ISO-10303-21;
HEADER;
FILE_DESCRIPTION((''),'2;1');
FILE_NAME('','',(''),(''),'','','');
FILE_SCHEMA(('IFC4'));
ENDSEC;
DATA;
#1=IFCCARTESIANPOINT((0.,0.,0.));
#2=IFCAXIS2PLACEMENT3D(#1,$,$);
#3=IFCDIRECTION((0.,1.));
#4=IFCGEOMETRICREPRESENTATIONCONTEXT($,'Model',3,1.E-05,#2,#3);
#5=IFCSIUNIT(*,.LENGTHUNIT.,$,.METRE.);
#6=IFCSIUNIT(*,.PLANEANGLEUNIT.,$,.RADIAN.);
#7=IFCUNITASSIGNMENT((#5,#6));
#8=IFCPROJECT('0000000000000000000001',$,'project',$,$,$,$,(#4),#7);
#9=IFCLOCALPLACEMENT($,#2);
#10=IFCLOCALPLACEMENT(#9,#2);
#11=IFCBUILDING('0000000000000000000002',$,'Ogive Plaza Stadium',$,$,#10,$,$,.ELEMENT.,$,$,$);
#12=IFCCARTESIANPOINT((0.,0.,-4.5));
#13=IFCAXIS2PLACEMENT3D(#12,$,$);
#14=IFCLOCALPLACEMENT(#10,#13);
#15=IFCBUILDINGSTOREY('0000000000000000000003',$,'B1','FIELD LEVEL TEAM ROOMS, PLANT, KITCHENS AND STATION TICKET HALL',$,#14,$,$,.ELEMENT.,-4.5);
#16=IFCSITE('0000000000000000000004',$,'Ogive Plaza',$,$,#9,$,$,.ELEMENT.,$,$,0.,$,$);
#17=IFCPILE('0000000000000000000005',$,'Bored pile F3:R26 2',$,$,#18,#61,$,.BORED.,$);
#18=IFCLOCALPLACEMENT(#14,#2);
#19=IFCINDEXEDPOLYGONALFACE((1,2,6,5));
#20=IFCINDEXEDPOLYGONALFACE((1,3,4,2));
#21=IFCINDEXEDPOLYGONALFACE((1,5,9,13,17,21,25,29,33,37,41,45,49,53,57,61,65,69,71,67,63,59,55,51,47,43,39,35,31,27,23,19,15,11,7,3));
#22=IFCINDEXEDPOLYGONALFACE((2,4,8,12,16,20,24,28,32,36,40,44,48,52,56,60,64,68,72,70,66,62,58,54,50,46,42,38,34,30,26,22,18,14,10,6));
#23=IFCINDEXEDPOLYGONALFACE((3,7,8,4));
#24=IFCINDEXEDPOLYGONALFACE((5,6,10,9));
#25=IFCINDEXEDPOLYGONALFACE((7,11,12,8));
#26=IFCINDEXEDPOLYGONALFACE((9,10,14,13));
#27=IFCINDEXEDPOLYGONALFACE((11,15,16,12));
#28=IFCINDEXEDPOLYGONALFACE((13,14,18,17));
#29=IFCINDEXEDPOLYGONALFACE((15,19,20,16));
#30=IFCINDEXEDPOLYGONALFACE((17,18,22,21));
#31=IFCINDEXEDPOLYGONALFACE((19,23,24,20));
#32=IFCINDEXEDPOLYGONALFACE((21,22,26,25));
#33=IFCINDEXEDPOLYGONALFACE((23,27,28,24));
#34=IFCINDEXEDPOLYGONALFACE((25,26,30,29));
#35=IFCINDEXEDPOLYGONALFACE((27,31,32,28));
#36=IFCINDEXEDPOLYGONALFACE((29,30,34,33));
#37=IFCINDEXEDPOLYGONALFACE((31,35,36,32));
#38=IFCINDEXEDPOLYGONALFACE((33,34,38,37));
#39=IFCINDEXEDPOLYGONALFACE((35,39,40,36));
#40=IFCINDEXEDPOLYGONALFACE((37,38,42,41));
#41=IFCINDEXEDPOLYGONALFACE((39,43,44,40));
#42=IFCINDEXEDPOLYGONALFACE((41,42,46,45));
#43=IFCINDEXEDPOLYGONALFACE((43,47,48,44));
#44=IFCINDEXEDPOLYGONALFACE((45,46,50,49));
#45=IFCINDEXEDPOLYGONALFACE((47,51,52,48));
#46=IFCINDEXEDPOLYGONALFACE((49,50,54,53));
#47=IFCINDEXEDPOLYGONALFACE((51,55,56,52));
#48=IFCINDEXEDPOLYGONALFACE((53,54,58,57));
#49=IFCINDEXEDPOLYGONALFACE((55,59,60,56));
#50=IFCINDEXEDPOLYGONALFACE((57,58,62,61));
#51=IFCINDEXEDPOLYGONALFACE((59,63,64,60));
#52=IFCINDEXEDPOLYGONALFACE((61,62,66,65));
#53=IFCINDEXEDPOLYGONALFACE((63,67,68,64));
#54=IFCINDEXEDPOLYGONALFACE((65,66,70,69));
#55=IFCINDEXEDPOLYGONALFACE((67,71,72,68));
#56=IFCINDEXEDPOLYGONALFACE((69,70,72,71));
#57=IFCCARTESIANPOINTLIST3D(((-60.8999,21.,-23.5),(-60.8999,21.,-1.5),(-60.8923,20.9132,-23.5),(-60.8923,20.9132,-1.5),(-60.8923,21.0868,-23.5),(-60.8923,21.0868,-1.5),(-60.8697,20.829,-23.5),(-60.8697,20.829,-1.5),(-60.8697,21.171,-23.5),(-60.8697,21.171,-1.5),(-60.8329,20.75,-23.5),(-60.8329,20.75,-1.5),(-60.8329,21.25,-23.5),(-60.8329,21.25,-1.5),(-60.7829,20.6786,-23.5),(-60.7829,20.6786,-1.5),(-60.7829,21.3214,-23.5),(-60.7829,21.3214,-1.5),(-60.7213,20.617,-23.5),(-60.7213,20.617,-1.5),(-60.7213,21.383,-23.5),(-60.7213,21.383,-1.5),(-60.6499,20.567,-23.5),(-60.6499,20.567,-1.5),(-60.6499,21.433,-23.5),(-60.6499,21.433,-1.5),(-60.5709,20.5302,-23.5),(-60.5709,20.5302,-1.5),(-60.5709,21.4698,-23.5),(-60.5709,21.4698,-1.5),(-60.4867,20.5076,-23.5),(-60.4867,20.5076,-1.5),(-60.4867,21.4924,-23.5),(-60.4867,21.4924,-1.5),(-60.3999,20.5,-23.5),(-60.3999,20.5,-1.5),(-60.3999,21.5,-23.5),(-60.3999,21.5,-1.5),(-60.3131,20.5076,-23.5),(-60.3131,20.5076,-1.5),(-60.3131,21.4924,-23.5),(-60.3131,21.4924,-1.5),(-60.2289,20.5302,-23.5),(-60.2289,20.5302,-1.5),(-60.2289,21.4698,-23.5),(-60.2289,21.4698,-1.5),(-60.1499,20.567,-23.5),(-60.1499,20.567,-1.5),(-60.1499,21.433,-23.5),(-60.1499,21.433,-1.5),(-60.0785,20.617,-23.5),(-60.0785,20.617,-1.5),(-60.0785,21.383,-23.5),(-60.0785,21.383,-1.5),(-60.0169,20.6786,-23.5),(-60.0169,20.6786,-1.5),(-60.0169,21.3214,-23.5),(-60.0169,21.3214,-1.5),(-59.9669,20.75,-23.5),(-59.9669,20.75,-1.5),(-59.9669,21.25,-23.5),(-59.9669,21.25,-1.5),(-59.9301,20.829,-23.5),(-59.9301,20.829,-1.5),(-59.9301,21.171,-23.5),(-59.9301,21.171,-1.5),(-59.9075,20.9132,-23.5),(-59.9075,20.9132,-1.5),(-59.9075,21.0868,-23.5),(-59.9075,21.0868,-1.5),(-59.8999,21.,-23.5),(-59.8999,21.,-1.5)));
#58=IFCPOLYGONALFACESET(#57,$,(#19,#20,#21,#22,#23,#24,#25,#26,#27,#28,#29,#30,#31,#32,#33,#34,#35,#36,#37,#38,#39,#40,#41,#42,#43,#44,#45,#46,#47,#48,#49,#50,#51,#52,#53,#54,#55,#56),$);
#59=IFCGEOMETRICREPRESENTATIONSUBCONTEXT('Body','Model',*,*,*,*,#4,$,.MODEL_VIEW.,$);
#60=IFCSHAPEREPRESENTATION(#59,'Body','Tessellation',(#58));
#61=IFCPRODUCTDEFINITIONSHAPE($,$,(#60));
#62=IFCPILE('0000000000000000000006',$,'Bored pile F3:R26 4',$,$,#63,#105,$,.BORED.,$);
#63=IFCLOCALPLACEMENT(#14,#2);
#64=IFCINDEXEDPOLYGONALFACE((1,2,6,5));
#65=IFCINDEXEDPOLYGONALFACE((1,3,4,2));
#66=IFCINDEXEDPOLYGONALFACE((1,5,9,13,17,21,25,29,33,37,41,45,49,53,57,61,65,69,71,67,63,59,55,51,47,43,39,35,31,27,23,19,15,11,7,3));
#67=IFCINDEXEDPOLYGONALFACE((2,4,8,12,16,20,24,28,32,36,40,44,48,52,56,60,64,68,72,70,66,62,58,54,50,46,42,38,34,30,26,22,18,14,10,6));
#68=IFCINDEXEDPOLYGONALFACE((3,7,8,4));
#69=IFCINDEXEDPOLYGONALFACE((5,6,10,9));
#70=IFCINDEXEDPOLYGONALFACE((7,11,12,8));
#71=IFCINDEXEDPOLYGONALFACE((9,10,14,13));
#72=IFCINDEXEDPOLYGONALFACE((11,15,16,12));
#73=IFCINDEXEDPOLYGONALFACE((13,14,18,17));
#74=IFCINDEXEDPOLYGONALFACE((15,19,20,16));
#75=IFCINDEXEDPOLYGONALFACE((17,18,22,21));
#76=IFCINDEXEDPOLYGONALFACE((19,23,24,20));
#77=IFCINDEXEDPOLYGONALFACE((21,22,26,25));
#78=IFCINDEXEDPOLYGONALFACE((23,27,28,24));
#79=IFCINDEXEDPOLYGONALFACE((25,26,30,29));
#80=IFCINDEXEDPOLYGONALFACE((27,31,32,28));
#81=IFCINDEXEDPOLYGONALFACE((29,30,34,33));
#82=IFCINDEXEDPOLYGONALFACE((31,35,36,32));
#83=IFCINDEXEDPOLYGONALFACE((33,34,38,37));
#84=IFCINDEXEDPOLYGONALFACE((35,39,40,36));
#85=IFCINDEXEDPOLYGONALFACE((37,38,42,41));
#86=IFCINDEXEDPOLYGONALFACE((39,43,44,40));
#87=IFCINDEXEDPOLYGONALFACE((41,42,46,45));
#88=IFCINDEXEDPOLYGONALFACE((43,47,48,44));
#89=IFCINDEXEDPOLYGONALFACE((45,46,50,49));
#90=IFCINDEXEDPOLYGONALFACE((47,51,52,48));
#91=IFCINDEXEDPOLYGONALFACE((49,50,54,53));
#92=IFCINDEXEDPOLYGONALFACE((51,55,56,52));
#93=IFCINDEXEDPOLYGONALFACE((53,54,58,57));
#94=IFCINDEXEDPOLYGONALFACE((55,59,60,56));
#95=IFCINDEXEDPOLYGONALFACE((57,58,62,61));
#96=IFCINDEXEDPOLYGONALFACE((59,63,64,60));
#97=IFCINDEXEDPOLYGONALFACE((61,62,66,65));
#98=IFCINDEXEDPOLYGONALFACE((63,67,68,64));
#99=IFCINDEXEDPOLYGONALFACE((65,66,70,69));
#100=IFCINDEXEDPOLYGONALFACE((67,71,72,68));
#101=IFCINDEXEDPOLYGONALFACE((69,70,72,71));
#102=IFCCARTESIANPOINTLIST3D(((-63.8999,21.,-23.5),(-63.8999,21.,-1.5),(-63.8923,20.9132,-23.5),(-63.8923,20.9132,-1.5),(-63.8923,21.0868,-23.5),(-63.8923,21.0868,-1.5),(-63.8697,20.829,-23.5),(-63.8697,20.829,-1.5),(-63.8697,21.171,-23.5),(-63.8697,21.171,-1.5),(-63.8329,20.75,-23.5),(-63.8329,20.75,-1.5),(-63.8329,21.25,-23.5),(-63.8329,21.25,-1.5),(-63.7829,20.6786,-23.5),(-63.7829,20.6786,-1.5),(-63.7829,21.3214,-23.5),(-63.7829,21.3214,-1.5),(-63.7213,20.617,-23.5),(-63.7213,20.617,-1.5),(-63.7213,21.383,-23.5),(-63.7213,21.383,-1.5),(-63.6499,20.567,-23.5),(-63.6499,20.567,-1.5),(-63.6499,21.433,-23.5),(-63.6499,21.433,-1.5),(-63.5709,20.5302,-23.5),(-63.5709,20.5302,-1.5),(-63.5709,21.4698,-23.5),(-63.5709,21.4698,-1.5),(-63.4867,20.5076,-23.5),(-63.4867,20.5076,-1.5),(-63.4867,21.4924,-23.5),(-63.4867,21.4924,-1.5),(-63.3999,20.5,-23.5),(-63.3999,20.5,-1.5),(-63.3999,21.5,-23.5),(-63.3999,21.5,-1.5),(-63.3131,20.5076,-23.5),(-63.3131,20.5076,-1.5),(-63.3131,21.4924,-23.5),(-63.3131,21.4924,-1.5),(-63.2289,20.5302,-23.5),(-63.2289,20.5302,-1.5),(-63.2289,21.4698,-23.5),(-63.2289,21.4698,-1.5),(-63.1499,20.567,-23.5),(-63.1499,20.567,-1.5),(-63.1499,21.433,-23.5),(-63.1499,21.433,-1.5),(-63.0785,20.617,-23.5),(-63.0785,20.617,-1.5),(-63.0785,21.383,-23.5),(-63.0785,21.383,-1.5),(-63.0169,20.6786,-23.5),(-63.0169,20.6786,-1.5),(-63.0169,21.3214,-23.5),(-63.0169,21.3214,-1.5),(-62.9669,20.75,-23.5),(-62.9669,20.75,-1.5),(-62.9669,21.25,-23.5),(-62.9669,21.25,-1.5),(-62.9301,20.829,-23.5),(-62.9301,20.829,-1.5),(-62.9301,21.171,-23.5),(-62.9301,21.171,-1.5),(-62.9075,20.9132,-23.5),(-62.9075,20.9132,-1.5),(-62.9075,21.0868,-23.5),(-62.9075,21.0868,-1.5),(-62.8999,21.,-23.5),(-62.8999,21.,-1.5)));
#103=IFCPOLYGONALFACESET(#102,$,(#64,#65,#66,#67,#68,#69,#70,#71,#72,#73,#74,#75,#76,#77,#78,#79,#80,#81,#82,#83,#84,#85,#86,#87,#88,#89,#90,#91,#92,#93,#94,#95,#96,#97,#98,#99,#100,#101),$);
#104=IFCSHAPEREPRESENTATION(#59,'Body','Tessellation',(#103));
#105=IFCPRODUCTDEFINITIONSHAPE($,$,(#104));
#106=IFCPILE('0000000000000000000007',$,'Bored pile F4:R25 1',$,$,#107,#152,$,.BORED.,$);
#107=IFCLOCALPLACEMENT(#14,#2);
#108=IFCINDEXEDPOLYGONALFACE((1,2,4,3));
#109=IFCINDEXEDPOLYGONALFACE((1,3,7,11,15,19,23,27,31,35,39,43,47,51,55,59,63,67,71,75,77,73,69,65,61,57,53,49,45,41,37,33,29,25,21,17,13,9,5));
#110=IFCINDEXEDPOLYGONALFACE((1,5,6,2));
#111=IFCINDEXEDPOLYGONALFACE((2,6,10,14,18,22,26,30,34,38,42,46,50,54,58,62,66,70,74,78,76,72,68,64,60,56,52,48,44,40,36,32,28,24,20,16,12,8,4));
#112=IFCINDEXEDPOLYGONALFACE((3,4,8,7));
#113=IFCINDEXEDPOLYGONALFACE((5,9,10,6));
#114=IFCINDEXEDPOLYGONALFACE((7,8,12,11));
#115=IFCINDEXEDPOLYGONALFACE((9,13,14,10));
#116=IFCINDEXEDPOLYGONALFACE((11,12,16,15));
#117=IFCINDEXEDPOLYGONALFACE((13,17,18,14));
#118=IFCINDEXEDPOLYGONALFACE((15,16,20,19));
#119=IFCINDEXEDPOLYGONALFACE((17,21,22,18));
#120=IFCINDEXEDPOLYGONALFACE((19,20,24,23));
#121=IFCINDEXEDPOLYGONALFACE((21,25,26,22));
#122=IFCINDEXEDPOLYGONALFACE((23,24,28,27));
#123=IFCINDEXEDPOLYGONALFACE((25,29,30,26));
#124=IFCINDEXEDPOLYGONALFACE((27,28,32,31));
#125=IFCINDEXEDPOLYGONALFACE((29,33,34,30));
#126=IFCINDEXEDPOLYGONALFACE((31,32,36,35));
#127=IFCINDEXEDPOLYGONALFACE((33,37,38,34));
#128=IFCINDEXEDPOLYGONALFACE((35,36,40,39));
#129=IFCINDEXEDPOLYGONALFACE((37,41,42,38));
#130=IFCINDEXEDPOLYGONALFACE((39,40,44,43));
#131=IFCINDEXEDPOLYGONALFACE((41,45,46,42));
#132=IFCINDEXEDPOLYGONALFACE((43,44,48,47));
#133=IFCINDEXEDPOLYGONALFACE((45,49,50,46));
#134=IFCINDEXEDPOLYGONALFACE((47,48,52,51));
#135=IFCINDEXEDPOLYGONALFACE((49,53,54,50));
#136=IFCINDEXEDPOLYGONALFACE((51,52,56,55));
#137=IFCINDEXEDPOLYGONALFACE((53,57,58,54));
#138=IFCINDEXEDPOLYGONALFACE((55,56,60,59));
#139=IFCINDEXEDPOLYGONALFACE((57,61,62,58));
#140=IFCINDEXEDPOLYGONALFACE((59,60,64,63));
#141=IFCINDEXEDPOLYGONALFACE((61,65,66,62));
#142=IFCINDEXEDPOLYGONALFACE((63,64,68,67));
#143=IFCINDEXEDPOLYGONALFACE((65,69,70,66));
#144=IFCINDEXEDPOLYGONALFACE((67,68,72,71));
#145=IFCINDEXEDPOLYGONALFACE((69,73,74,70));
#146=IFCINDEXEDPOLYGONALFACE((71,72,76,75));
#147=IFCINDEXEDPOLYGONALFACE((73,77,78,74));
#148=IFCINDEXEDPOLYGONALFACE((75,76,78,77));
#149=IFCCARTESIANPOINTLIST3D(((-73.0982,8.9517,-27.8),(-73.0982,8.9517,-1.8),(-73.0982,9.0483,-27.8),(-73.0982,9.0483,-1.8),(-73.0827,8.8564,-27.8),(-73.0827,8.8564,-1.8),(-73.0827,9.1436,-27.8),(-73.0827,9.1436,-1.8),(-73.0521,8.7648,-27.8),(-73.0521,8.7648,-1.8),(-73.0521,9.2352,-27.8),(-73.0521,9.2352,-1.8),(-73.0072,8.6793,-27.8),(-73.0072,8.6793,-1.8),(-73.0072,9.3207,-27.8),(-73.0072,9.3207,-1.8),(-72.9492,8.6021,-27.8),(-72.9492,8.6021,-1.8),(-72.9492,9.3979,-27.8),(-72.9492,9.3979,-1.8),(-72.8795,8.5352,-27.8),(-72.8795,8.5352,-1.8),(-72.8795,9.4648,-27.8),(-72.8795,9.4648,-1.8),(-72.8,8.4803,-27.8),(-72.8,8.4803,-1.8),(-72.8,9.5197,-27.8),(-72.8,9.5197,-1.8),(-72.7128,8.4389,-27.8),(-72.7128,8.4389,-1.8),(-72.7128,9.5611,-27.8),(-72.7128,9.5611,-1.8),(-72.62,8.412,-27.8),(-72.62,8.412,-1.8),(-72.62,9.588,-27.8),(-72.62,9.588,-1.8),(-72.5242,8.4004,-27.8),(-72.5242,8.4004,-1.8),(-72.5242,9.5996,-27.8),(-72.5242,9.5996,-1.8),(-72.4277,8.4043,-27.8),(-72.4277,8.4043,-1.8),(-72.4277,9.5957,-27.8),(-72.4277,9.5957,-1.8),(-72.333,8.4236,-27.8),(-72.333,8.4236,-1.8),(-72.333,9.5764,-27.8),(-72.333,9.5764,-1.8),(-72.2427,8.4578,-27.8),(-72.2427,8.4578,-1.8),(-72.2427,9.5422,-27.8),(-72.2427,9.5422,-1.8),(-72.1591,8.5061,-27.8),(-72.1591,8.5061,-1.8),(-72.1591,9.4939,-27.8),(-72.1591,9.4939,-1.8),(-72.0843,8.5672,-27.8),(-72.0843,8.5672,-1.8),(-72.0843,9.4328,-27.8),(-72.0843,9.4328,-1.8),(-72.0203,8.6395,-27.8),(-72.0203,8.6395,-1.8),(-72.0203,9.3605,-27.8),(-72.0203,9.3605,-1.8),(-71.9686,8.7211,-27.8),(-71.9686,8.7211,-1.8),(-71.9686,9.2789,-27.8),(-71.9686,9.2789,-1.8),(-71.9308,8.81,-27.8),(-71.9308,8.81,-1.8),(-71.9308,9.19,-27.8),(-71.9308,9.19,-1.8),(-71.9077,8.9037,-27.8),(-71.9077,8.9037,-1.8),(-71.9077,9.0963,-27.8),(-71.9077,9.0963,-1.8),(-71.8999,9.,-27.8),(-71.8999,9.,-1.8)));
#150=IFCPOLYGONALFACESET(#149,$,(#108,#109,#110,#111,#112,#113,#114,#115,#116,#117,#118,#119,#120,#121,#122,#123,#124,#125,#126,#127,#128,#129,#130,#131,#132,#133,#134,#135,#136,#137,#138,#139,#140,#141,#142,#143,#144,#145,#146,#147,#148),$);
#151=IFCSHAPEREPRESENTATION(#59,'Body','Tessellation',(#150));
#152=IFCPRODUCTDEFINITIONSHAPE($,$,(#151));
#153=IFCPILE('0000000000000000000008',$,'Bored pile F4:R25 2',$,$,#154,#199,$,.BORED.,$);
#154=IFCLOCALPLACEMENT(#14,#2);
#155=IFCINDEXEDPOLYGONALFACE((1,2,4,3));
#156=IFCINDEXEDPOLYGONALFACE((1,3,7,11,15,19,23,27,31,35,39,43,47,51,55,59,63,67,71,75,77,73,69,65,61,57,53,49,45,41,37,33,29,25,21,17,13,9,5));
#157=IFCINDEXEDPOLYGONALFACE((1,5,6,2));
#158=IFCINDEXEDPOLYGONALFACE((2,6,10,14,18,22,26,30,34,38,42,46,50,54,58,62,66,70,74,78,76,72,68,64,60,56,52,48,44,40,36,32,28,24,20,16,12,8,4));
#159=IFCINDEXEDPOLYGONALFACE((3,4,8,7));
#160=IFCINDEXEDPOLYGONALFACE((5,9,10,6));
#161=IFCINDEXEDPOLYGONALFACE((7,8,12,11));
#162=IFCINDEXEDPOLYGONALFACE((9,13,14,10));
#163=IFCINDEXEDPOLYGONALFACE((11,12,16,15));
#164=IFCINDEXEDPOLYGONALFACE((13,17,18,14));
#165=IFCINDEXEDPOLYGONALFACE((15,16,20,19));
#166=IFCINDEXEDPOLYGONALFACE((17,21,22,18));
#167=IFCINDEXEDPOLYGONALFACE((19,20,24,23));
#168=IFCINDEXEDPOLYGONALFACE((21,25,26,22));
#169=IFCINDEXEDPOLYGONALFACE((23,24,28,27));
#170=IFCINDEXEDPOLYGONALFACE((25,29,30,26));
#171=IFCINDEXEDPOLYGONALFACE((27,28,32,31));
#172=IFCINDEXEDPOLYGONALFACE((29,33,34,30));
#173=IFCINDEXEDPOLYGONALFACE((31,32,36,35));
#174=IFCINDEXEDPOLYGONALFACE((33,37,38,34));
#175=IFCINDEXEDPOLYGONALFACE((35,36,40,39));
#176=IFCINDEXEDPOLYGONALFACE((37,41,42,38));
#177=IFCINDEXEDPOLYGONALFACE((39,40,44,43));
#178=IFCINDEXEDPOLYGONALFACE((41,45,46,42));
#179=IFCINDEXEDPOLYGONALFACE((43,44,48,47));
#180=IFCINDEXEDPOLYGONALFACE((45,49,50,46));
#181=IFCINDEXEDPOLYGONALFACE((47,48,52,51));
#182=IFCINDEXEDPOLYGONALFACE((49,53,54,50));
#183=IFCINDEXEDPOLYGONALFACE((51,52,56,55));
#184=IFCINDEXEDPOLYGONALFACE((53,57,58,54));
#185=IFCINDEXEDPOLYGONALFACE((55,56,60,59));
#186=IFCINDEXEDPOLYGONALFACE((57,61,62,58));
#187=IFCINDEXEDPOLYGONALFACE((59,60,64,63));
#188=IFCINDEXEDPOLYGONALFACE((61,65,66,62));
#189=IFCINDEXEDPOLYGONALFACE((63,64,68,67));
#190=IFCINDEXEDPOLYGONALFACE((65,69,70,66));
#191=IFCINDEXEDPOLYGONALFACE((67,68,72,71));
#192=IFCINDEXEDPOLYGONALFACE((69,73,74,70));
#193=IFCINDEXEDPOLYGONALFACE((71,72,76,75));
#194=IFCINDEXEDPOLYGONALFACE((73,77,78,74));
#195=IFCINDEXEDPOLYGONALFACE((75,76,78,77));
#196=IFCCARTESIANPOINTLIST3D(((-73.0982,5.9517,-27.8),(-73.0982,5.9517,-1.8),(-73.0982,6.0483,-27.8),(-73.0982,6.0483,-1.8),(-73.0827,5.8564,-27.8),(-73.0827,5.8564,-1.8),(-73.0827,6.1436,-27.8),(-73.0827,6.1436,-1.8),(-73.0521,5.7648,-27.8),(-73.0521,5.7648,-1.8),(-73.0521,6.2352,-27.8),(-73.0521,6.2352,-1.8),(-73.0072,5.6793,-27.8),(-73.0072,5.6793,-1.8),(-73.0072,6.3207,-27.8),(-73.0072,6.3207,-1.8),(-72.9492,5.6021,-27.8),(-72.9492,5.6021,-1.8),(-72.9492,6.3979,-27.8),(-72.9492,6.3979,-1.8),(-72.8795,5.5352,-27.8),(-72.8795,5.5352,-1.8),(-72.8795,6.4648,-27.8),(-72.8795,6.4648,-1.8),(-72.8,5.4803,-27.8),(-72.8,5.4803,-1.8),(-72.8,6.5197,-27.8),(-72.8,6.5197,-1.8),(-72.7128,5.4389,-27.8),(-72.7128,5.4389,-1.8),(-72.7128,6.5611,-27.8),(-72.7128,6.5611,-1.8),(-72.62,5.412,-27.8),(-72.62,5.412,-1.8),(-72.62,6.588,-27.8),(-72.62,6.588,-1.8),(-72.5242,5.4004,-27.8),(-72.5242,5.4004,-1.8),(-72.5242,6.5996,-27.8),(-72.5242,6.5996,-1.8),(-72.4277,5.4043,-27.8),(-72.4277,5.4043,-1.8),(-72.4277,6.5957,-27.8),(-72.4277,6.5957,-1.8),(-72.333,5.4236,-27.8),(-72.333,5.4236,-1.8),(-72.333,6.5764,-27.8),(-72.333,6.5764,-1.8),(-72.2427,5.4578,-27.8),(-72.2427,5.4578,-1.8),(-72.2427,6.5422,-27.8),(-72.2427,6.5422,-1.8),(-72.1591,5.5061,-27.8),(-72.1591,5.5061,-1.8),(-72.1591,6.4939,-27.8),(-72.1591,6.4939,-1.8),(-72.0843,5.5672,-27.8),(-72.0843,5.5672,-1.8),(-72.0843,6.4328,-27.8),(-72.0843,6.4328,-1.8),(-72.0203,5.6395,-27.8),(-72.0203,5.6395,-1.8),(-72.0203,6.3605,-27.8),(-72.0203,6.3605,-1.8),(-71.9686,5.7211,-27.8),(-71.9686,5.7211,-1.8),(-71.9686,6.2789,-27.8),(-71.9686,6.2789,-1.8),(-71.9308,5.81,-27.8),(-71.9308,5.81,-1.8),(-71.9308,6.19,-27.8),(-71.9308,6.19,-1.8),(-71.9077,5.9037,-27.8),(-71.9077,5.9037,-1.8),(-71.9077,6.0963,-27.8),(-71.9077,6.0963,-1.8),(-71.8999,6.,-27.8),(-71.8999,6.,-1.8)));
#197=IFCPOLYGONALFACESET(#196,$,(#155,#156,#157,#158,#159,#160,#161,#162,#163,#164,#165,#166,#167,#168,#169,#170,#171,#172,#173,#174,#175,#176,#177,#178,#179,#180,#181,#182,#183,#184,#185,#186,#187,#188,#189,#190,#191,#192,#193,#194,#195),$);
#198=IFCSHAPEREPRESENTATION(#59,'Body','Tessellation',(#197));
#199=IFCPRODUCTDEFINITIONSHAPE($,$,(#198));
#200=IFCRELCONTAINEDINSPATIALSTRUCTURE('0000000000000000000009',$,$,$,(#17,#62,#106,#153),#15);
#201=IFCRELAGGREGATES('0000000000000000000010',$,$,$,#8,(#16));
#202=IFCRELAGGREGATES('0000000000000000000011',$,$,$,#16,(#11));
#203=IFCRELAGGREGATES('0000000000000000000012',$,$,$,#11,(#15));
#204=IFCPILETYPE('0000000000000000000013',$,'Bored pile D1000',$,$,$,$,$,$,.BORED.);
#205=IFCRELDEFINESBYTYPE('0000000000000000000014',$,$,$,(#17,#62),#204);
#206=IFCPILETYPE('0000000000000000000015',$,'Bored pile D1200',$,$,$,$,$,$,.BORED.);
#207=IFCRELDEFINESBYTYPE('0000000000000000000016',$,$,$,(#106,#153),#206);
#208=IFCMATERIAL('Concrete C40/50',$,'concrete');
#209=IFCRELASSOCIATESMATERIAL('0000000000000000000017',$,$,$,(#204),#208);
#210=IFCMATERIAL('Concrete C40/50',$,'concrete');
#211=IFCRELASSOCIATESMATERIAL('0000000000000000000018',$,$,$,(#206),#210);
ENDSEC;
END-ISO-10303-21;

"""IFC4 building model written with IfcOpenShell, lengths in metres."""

from ifc_helpers import new_model, si_unit, direction, frame, origin, origin_2d, place, context, subcontext, project, spatial, circle, extrude, material, material_profile, profile_set, type_object, element, save


model = new_model("IFC4")

# Units and contexts
model_context = context("Model", 3, precision=1e-05, world=origin(), true_north=direction((0.0, 1.0)))
body_context = subcontext(model_context, "Body", "Model", "MODEL_VIEW")
ifc_project = project(units=[si_unit("LENGTHUNIT", "METRE"), si_unit("PLANEANGLEUNIT", "RADIAN")], contexts=[model_context])

# Site, building, storey
site_placement = place(None, origin())
site = spatial("IfcSite", under=ifc_project, at=site_placement, Name="Ogive Plaza", CompositionType="ELEMENT", RefElevation=0.0)
building_placement = place(site_placement, origin())
building = spatial("IfcBuilding", under=site, at=building_placement, Name="Ogive Plaza Stadium", CompositionType="ELEMENT")
storey_placement = place(building_placement, frame((0.0, 0.0, -4.5)))
storey = spatial("IfcBuildingStorey", under=building, at=storey_placement, Name="B1", Description="FIELD LEVEL TEAM ROOMS, PLANT, KITCHENS AND STATION TICKET HALL", CompositionType="ELEMENT", Elevation=-4.5)

# Piles
ifc_material_1 = material(Name="Concrete C40/50", Category="concrete")
ifc_material_profile_1 = material_profile(ifc_material_1, circle(Radius=0.5, at=origin_2d()), Name="RC D1000")
ifc_profile_set_1 = profile_set([ifc_material_profile_1], Name="Concrete C40/50")
pile_type_1 = type_object("IfcPileType", Name="Bored pile D1000", PredefinedType="BORED", material=ifc_profile_set_1)
for number, where, z_axis, x_axis, name in (
    (1, (-60.3999, 21.0, -1.5), (0.0, 0.0, -1.0), (1.0, 0.0, 0.0), "Bored pile F3:R26 2"),
    (2, (-63.3999, 21.0, -1.5), (0.0, 0.0, -1.0), (1.0, 0.0, 0.0), "Bored pile F3:R26 4"),
):
    element("IfcPile", number, at=place(storey_placement, frame(where, z_axis=z_axis, x_axis=x_axis)), inside=storey, type_object=pile_type_1, Name=name, PredefinedType="BORED", context=body_context, shape_type="SweptSolid", body=[
        extrude(circle(Radius=0.5, at=origin_2d()), origin(), (0.0, 0.0, 1.0), 22.0),
    ])
ifc_material_2 = material(Name="Concrete C40/50", Category="concrete")
ifc_material_profile_2 = material_profile(ifc_material_2, circle(Radius=0.6001, at=origin_2d()), Name="RC D1200")
ifc_profile_set_2 = profile_set([ifc_material_profile_2], Name="Concrete C40/50")
pile_type_2 = type_object("IfcPileType", Name="Bored pile D1200", PredefinedType="BORED", material=ifc_profile_set_2)
for number, where, z_axis, x_axis, name in (
    (3, (-72.5, 9.0, -1.8), (0.0, 0.0, -1.0), (1.0, 0.0, 0.0), "Bored pile F4:R25 1"),
    (4, (-72.5, 6.0, -1.8), (0.0, 0.0, -1.0), (1.0, 0.0, 0.0), "Bored pile F4:R25 2"),
):
    element("IfcPile", number, at=place(storey_placement, frame(where, z_axis=z_axis, x_axis=x_axis)), inside=storey, type_object=pile_type_2, Name=name, PredefinedType="BORED", context=body_context, shape_type="SweptSolid", body=[
        extrude(circle(Radius=0.6001, at=origin_2d()), origin(), (0.0, 0.0, 1.0), 26.0),
    ])

save(model, "model.ifc")
